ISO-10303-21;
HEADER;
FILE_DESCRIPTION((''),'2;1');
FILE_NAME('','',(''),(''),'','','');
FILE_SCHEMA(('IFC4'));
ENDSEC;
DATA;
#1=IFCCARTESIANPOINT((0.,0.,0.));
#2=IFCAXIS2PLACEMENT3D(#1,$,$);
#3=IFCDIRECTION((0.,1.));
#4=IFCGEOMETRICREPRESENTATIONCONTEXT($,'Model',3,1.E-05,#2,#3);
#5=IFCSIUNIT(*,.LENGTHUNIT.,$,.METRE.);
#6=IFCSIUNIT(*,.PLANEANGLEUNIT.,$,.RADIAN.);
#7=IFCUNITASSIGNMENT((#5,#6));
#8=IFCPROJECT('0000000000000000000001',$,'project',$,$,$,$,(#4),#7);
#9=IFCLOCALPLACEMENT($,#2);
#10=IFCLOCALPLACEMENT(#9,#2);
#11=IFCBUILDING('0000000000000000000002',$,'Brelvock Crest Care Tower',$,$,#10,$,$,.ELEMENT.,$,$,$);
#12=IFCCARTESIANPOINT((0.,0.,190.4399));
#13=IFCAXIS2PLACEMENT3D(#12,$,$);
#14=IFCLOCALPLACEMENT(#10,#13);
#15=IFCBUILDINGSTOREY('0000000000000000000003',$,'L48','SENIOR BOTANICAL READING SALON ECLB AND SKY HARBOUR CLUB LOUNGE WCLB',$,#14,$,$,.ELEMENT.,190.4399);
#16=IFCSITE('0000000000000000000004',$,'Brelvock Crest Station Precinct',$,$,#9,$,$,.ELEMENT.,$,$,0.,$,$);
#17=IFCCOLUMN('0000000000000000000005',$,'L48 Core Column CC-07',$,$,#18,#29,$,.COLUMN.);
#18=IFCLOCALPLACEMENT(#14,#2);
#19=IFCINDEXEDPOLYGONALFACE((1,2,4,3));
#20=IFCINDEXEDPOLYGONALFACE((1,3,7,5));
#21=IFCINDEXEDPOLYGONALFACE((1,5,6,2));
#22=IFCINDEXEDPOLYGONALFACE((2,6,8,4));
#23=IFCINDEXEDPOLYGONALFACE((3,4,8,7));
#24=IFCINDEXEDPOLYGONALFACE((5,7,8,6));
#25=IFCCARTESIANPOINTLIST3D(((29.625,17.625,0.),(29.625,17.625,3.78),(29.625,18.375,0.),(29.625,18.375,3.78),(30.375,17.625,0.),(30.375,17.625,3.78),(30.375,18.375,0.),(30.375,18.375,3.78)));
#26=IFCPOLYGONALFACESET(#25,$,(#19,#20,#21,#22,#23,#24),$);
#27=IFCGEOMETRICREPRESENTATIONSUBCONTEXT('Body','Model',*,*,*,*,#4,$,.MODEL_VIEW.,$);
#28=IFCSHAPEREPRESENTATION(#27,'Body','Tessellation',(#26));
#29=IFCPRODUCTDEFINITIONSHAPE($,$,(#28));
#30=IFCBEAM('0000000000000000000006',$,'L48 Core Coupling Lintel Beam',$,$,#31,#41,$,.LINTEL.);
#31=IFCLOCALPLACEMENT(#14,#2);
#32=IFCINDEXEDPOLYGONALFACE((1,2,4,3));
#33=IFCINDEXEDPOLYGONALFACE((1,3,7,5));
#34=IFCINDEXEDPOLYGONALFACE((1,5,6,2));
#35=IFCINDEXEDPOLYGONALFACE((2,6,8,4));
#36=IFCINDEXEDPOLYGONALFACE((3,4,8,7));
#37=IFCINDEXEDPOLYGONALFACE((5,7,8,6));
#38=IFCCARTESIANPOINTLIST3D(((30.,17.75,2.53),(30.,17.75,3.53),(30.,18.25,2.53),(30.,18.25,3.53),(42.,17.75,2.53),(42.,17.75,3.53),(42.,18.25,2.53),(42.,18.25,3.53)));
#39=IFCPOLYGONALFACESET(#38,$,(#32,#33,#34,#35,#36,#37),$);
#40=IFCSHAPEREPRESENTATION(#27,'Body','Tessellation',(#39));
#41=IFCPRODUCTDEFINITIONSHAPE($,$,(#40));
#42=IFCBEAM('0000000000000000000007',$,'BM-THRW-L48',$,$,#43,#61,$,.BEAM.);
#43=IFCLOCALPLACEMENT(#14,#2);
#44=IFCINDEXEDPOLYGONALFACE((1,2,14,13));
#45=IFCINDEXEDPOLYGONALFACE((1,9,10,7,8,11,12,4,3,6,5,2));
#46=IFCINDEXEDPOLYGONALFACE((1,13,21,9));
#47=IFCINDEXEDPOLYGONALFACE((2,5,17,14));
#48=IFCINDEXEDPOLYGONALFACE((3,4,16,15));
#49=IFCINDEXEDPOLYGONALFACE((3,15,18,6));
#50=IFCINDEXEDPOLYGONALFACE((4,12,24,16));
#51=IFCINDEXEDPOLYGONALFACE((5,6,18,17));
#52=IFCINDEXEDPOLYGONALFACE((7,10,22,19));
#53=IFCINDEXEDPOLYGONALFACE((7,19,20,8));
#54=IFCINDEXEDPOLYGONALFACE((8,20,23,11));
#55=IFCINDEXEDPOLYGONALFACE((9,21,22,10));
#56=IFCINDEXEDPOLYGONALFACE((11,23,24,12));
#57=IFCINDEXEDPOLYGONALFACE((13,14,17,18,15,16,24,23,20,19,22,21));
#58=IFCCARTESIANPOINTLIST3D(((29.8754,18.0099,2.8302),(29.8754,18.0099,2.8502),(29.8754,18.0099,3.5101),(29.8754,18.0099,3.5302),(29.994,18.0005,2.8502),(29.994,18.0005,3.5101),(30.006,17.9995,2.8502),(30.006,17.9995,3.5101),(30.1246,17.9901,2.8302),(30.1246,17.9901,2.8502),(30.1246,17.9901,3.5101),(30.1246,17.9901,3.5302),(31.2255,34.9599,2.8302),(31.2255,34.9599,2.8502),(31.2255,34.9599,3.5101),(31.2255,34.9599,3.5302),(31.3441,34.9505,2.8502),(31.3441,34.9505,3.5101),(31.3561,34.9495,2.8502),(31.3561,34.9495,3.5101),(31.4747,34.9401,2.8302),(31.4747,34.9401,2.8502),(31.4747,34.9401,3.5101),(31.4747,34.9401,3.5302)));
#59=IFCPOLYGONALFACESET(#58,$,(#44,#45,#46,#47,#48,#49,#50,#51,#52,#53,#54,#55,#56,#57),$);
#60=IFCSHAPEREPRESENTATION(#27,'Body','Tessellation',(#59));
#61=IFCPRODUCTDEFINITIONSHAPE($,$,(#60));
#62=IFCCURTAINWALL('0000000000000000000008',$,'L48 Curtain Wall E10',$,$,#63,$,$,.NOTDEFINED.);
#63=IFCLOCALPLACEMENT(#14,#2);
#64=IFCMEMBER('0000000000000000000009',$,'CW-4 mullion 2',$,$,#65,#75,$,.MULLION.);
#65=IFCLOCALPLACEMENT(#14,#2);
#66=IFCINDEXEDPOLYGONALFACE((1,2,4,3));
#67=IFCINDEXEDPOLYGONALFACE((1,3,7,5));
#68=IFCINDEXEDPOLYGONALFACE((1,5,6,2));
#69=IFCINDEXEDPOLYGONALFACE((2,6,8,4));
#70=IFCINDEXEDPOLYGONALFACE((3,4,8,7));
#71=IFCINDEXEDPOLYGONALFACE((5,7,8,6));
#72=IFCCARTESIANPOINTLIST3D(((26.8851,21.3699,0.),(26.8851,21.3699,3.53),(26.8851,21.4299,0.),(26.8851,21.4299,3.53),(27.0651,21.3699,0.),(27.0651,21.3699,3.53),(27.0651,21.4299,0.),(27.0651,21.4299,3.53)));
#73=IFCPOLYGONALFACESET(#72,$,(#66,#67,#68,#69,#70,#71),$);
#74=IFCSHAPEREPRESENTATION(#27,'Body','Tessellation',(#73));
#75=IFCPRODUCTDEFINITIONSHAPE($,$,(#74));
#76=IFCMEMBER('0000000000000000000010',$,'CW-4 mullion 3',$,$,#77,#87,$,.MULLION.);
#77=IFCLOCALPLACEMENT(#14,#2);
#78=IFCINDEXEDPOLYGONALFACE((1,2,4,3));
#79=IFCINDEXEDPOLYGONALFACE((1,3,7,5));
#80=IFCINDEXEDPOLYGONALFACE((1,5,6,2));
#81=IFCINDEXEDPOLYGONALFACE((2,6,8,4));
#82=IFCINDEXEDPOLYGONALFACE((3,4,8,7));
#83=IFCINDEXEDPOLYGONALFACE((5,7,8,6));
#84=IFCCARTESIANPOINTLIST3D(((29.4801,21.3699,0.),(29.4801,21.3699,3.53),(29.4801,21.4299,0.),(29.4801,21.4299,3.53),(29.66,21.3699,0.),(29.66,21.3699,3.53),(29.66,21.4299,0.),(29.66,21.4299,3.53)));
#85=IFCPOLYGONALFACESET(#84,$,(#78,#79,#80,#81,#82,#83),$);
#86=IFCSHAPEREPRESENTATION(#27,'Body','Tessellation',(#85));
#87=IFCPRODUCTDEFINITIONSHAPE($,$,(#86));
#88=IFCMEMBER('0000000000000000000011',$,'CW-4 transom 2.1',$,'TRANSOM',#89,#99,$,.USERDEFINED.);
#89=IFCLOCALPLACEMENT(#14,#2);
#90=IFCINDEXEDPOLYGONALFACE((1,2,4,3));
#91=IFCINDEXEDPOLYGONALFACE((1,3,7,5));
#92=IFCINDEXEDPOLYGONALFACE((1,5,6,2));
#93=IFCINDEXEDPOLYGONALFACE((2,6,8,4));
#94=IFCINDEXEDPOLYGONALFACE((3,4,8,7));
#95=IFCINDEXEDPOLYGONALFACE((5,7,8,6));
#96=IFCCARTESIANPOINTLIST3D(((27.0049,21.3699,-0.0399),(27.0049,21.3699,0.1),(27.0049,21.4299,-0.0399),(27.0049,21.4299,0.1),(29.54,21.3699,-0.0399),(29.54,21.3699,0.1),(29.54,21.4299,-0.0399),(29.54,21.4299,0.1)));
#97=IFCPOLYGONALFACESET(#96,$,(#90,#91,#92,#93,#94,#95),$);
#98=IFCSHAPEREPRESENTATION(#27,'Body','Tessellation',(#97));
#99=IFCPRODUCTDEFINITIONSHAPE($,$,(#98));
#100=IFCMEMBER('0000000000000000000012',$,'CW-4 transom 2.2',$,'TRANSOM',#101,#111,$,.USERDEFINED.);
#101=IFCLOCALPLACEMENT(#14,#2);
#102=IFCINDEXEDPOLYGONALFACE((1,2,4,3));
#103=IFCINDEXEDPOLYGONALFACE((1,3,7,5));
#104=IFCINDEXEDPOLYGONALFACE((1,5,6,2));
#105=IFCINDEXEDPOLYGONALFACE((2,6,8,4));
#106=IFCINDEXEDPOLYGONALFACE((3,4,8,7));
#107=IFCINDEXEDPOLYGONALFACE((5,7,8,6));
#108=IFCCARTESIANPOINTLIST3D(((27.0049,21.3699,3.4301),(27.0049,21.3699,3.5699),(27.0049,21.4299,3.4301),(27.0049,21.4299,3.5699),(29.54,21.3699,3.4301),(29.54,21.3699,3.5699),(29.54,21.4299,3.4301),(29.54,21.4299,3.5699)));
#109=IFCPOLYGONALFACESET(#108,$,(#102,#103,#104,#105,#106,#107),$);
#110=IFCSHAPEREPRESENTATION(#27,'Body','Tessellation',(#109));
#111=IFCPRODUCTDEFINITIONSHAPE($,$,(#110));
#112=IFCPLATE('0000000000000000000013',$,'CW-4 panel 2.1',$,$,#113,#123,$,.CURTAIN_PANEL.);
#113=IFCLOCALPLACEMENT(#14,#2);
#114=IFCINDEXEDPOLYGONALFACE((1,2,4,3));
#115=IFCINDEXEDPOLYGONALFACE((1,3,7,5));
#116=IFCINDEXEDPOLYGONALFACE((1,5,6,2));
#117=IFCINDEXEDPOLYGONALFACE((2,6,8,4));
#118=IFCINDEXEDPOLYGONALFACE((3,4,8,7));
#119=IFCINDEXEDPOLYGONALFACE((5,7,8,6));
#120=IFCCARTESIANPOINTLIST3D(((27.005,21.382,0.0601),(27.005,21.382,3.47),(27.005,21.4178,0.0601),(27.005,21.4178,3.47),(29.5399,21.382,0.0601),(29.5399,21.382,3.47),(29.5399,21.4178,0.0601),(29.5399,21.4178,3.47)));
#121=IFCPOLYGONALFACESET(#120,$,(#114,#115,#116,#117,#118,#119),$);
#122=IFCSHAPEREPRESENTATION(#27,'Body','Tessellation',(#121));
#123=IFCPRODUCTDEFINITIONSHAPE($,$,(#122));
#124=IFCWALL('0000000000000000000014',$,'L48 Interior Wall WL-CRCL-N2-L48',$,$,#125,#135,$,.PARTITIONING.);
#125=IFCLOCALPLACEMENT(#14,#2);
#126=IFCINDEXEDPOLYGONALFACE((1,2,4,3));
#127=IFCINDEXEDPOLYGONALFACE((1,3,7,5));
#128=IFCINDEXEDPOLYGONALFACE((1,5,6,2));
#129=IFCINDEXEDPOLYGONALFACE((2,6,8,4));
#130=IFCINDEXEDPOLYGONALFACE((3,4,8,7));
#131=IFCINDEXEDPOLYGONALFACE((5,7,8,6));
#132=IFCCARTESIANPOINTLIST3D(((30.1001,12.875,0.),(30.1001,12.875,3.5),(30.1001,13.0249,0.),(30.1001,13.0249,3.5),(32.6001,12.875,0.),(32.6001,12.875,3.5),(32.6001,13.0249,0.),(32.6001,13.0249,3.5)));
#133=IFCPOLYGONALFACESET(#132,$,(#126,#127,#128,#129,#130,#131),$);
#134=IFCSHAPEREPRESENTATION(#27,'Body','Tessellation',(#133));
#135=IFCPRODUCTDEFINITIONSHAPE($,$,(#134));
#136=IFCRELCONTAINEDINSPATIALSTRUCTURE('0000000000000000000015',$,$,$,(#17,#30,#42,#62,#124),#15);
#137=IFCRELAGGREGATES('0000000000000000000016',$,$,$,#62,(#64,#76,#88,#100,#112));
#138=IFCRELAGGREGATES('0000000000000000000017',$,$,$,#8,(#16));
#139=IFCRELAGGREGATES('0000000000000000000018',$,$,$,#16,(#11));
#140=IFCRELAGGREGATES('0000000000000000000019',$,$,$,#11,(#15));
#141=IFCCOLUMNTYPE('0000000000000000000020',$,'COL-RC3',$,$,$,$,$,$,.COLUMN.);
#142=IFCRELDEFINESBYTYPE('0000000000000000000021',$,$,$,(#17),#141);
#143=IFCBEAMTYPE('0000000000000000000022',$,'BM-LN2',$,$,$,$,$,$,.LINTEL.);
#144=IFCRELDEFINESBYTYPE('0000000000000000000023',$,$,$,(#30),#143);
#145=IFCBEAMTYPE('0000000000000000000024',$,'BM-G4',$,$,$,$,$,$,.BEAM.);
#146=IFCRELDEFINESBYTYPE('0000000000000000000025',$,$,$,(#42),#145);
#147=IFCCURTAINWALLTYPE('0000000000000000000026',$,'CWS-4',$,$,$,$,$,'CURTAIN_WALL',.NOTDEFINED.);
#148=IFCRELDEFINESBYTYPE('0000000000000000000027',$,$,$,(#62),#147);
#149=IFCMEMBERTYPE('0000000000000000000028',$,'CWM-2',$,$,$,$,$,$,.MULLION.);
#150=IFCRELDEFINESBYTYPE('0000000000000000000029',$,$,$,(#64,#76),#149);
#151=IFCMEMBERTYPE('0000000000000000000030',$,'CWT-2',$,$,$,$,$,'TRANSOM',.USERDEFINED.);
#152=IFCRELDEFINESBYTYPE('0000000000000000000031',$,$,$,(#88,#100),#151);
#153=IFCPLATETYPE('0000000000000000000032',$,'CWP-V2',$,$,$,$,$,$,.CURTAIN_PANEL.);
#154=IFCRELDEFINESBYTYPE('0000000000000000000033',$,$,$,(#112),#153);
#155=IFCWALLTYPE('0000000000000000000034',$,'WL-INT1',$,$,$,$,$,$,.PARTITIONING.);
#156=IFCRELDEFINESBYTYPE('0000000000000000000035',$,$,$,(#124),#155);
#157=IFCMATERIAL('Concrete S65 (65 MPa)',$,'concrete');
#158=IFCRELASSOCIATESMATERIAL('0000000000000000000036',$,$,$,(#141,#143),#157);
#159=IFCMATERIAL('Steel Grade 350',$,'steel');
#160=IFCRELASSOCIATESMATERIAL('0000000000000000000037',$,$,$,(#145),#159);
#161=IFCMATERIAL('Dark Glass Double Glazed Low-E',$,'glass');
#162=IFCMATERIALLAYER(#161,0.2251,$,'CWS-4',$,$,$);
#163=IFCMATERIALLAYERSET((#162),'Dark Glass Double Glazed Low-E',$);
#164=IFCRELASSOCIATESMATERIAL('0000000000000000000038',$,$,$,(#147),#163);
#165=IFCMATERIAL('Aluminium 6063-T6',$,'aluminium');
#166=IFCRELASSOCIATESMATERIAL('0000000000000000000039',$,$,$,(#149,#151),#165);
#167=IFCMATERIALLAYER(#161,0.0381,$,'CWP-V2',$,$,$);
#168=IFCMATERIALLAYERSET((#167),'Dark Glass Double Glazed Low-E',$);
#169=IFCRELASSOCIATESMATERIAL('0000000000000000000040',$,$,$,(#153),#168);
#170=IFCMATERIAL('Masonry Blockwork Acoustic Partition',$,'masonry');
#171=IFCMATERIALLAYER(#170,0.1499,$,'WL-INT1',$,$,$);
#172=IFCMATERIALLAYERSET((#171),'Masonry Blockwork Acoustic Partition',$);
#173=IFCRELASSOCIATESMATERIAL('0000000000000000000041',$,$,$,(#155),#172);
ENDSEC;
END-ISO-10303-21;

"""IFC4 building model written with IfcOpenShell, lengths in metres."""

from ifc_helpers import new_model, si_unit, direction, frame, frame_2d, origin, origin_2d, place, context, subcontext, project, spatial, rectangle, i_section, extrude, source, transform, mapped, material, layer, layer_set, material_profile, profile_set, type_object, element, aggregate, save


model = new_model("IFC4")

# Units and contexts
model_context = context("Model", 3, precision=1e-05, world=origin(), true_north=direction((0.0, 1.0)))
body_context = subcontext(model_context, "Body", "Model", "MODEL_VIEW")
ifc_project = project(units=[si_unit("LENGTHUNIT", "METRE"), si_unit("PLANEANGLEUNIT", "RADIAN")], contexts=[model_context])

# Site, building, storey
site_placement = place(None, origin())
site = spatial("IfcSite", under=ifc_project, at=site_placement, Name="Brelvock Crest Station Precinct", CompositionType="ELEMENT", RefElevation=0.0)
building_placement = place(site_placement, origin())
building = spatial("IfcBuilding", under=site, at=building_placement, Name="Brelvock Crest Care Tower", CompositionType="ELEMENT")
storey_placement = place(building_placement, frame((0.0, 0.0, 190.4399)))
storey = spatial("IfcBuildingStorey", under=building, at=storey_placement, Name="L48", Description="SENIOR BOTANICAL READING SALON ECLB AND SKY HARBOUR CLUB LOUNGE WCLB", CompositionType="ELEMENT", Elevation=190.4399)

# Column
ifc_material_1 = material(Name="Concrete S65 (65 MPa)", Category="concrete")
ifc_material_profile_1 = material_profile(ifc_material_1, rectangle(XDim=0.75, YDim=0.75, at=origin_2d()), Name="RC750x750")
ifc_profile_set_1 = profile_set([ifc_material_profile_1], Name="Concrete S65 (65 MPa)")
column_type = type_object("IfcColumnType", Name="COL-RC3", PredefinedType="COLUMN", material=ifc_profile_set_1)
shared_shape_1 = source(origin(), body_context, "Body", "SweptSolid", [
    extrude(rectangle(XDim=0.75, YDim=0.75, at=origin_2d()), origin(), (0.0, 0.0, 1.0), 3.78),
])
column_placement = place(storey_placement, frame((30.0, 18.0, 0.0), z_axis=(0.0, 0.0, 1.0), x_axis=(1.0, 0.0, 0.0)))
element("IfcColumn", 1, at=column_placement, inside=storey, type_object=column_type, Name="L48 Core Column CC-07", PredefinedType="COLUMN", context=body_context, shape_type="MappedRepresentation", body=[
    mapped(shared_shape_1, transform((0.0, 0.0, 0.0), x_axis=(1.0, 0.0, 0.0), y_axis=(0.0, 1.0, 0.0), z_axis=(0.0, 0.0, 1.0), scale=1.0)),
])

# Beams
ifc_material_profile_2 = material_profile(ifc_material_1, rectangle(XDim=0.5, YDim=1.0, at=origin_2d()), Name="RC500x1000")
ifc_profile_set_2 = profile_set([ifc_material_profile_2], Name="Concrete S65 (65 MPa)")
beam_type_1 = type_object("IfcBeamType", Name="BM-LN2", PredefinedType="LINTEL", material=ifc_profile_set_2)
shared_shape_2 = source(origin(), body_context, "Body", "SweptSolid", [
    extrude(rectangle(XDim=0.5, YDim=1.0, at=origin_2d()), origin(), (0.0, 0.0, 1.0), 12.0),
])
beam_1_placement = place(storey_placement, frame((30.0, 18.0, 3.03), z_axis=(1.0, 0.0, 0.0), x_axis=(0.0, 1.0, 0.0)))
element("IfcBeam", 2, at=beam_1_placement, inside=storey, type_object=beam_type_1, Name="L48 Core Coupling Lintel Beam", PredefinedType="LINTEL", context=body_context, shape_type="MappedRepresentation", body=[
    mapped(shared_shape_2, transform((0.0, 0.0, 0.0), x_axis=(1.0, 0.0, 0.0), y_axis=(0.0, 1.0, 0.0), z_axis=(0.0, 0.0, 1.0), scale=1.0)),
])
ifc_material_2 = material(Name="Steel Grade 350", Category="steel")
ifc_material_profile_3 = material_profile(ifc_material_2, i_section(OverallWidth=0.25, OverallDepth=0.7, WebThickness=0.012, FlangeThickness=0.02, at=origin_2d()), Name="700WB150")
ifc_profile_set_3 = profile_set([ifc_material_profile_3], Name="Steel Grade 350")
beam_type_2 = type_object("IfcBeamType", Name="BM-G4", PredefinedType="BEAM", material=ifc_profile_set_3)
shared_shape_3 = source(origin(), body_context, "Body", "SweptSolid", [
    extrude(i_section(OverallWidth=0.25, OverallDepth=0.7, WebThickness=0.012, FlangeThickness=0.02, at=origin_2d()), origin(), (0.0, 0.0, 1.0), 17.0037),
])
beam_2_placement = place(storey_placement, frame((30.0, 18.0, 3.1802), z_axis=(0.079401, 0.996843, 0.0), x_axis=(-0.996843, 0.079401, 0.0)))
element("IfcBeam", 3, at=beam_2_placement, inside=storey, type_object=beam_type_2, Name="BM-THRW-L48", PredefinedType="BEAM", context=body_context, shape_type="MappedRepresentation", body=[
    mapped(shared_shape_3, transform((0.0, 0.0, 0.0), x_axis=(1.0, 0.0, 0.0), y_axis=(0.0, 1.0, 0.0), z_axis=(0.0, 0.0, 1.0), scale=1.0)),
])

# Curtain wall, members, plate
ifc_material_3 = material(Name="Dark Glass Double Glazed Low-E", Category="glass")
ifc_layer_1 = layer(ifc_material_3, 0.2251, Name="CWS-4")
ifc_layer_set_1 = layer_set([ifc_layer_1], Name="Dark Glass Double Glazed Low-E")
curtain_wall_type = type_object("IfcCurtainWallType", Name="CWS-4", ElementType="CURTAIN_WALL", PredefinedType="NOTDEFINED", material=ifc_layer_set_1)
curtain_wall_placement = place(storey_placement, origin())
curtain_wall = element("IfcCurtainWall", 4, at=curtain_wall_placement, inside=storey, type_object=curtain_wall_type, Name="L48 Curtain Wall E10", PredefinedType="NOTDEFINED")
ifc_material_4 = material(Name="Aluminium 6063-T6", Category="aluminium")
ifc_material_profile_4 = material_profile(ifc_material_4, rectangle(XDim=0.0601, YDim=0.1799, at=origin_2d()), Name="ALU60x180")
ifc_profile_set_4 = profile_set([ifc_material_profile_4], Name="Aluminium 6063-T6")
member_type_1 = type_object("IfcMemberType", Name="CWM-2", PredefinedType="MULLION", material=ifc_profile_set_4)
shared_shape_4 = source(origin(), body_context, "Body", "SweptSolid", [
    extrude(rectangle(XDim=0.0601, YDim=0.1799, at=origin_2d()), origin(), (0.0, 0.0, 1.0), 3.53),
])
member_1_placement = place(storey_placement, frame((26.9751, 21.3999, 0.0), z_axis=(0.0, 0.0, 1.0), x_axis=(0.0, 1.0, 0.0)))
member_1 = element("IfcMember", 5, at=member_1_placement, type_object=member_type_1, Name="CW-4 mullion 2", PredefinedType="MULLION", context=body_context, shape_type="MappedRepresentation", body=[
    mapped(shared_shape_4, transform((0.0, 0.0, 0.0), x_axis=(1.0, 0.0, 0.0), y_axis=(0.0, 1.0, 0.0), z_axis=(0.0, 0.0, 1.0), scale=1.0)),
])
member_2_placement = place(storey_placement, frame((29.5701, 21.3999, 0.0), z_axis=(0.0, 0.0, 1.0), x_axis=(0.0, 1.0, 0.0)))
member_2 = element("IfcMember", 6, at=member_2_placement, type_object=member_type_1, Name="CW-4 mullion 3", PredefinedType="MULLION", context=body_context, shape_type="MappedRepresentation", body=[
    mapped(shared_shape_4, transform((0.0, 0.0, 0.0), x_axis=(1.0, 0.0, 0.0), y_axis=(0.0, 1.0, 0.0), z_axis=(0.0, 0.0, 1.0), scale=1.0)),
])
ifc_material_profile_5 = material_profile(ifc_material_4, rectangle(XDim=0.0601, YDim=0.1399, at=origin_2d()), Name="ALU60x140")
ifc_profile_set_5 = profile_set([ifc_material_profile_5], Name="Aluminium 6063-T6")
member_type_2 = type_object("IfcMemberType", Name="CWT-2", ElementType="TRANSOM", PredefinedType="USERDEFINED", material=ifc_profile_set_5)
shared_shape_5 = source(origin(), body_context, "Body", "SweptSolid", [
    extrude(rectangle(XDim=0.0601, YDim=0.1399, at=origin_2d()), origin(), (0.0, 0.0, 1.0), 2.5352),
])
member_3_placement = place(storey_placement, frame((27.0049, 21.3999, 0.03), z_axis=(1.0, 0.0, 0.0), x_axis=(0.0, 1.0, 0.0)))
member_3 = element("IfcMember", 7, at=member_3_placement, type_object=member_type_2, Name="CW-4 transom 2.1", ObjectType="TRANSOM", PredefinedType="USERDEFINED", context=body_context, shape_type="MappedRepresentation", body=[
    mapped(shared_shape_5, transform((0.0, 0.0, 0.0), x_axis=(1.0, 0.0, 0.0), y_axis=(0.0, 1.0, 0.0), z_axis=(0.0, 0.0, 1.0), scale=1.0)),
])
member_4_placement = place(storey_placement, frame((27.0049, 21.3999, 3.5), z_axis=(1.0, 0.0, 0.0), x_axis=(0.0, 1.0, 0.0)))
member_4 = element("IfcMember", 8, at=member_4_placement, type_object=member_type_2, Name="CW-4 transom 2.2", ObjectType="TRANSOM", PredefinedType="USERDEFINED", context=body_context, shape_type="MappedRepresentation", body=[
    mapped(shared_shape_5, transform((0.0, 0.0, 0.0), x_axis=(1.0, 0.0, 0.0), y_axis=(0.0, 1.0, 0.0), z_axis=(0.0, 0.0, 1.0), scale=1.0)),
])
ifc_layer_2 = layer(ifc_material_3, 0.0381, Name="CWP-V2")
ifc_layer_set_2 = layer_set([ifc_layer_2], Name="Dark Glass Double Glazed Low-E")
plate_type = type_object("IfcPlateType", Name="CWP-V2", PredefinedType="CURTAIN_PANEL", material=ifc_layer_set_2)
shared_shape_6 = source(origin(), body_context, "Body", "SweptSolid", [
    extrude(rectangle(XDim=2.5349, YDim=0.0359, at=origin_2d()), origin(), (0.0, 0.0, 1.0), 3.4099),
])
plate_placement = place(storey_placement, frame((28.2725, 21.3999, 0.0601), z_axis=(0.0, 0.0, 1.0), x_axis=(1.0, 0.0, 0.0)))
plate = element("IfcPlate", 9, at=plate_placement, type_object=plate_type, Name="CW-4 panel 2.1", PredefinedType="CURTAIN_PANEL", context=body_context, shape_type="MappedRepresentation", body=[
    mapped(shared_shape_6, transform((0.0, 0.0, 0.0), x_axis=(1.0, 0.0, 0.0), y_axis=(0.0, 1.0, 0.0), z_axis=(0.0, 0.0, 1.0), scale=1.0)),
])
aggregate(curtain_wall, [member_1, member_2, member_3, member_4, plate])

# Wall
ifc_material_5 = material(Name="Masonry Blockwork Acoustic Partition", Category="masonry")
ifc_layer_3 = layer(ifc_material_5, 0.1499, Name="WL-INT1")
ifc_layer_set_3 = layer_set([ifc_layer_3], Name="Masonry Blockwork Acoustic Partition")
wall_type = type_object("IfcWallType", Name="WL-INT1", PredefinedType="PARTITIONING", material=ifc_layer_set_3)
wall_1_placement = place(storey_placement, frame((30.1001, 12.95, 0.0), z_axis=(0.0, 0.0, 1.0), x_axis=(1.0, 0.0, 0.0)))
element("IfcWall", 10, at=wall_1_placement, inside=storey, type_object=wall_type, Name="L48 Interior Wall WL-CRCL-N2-L48", PredefinedType="PARTITIONING", context=body_context, shape_type="SweptSolid", body=[
    extrude(rectangle(XDim=2.5, YDim=0.1499, at=frame_2d((1.25, 0.0))), origin(), (0.0, 0.0, 1.0), 3.5),
])

save(model, "model.ifc")
